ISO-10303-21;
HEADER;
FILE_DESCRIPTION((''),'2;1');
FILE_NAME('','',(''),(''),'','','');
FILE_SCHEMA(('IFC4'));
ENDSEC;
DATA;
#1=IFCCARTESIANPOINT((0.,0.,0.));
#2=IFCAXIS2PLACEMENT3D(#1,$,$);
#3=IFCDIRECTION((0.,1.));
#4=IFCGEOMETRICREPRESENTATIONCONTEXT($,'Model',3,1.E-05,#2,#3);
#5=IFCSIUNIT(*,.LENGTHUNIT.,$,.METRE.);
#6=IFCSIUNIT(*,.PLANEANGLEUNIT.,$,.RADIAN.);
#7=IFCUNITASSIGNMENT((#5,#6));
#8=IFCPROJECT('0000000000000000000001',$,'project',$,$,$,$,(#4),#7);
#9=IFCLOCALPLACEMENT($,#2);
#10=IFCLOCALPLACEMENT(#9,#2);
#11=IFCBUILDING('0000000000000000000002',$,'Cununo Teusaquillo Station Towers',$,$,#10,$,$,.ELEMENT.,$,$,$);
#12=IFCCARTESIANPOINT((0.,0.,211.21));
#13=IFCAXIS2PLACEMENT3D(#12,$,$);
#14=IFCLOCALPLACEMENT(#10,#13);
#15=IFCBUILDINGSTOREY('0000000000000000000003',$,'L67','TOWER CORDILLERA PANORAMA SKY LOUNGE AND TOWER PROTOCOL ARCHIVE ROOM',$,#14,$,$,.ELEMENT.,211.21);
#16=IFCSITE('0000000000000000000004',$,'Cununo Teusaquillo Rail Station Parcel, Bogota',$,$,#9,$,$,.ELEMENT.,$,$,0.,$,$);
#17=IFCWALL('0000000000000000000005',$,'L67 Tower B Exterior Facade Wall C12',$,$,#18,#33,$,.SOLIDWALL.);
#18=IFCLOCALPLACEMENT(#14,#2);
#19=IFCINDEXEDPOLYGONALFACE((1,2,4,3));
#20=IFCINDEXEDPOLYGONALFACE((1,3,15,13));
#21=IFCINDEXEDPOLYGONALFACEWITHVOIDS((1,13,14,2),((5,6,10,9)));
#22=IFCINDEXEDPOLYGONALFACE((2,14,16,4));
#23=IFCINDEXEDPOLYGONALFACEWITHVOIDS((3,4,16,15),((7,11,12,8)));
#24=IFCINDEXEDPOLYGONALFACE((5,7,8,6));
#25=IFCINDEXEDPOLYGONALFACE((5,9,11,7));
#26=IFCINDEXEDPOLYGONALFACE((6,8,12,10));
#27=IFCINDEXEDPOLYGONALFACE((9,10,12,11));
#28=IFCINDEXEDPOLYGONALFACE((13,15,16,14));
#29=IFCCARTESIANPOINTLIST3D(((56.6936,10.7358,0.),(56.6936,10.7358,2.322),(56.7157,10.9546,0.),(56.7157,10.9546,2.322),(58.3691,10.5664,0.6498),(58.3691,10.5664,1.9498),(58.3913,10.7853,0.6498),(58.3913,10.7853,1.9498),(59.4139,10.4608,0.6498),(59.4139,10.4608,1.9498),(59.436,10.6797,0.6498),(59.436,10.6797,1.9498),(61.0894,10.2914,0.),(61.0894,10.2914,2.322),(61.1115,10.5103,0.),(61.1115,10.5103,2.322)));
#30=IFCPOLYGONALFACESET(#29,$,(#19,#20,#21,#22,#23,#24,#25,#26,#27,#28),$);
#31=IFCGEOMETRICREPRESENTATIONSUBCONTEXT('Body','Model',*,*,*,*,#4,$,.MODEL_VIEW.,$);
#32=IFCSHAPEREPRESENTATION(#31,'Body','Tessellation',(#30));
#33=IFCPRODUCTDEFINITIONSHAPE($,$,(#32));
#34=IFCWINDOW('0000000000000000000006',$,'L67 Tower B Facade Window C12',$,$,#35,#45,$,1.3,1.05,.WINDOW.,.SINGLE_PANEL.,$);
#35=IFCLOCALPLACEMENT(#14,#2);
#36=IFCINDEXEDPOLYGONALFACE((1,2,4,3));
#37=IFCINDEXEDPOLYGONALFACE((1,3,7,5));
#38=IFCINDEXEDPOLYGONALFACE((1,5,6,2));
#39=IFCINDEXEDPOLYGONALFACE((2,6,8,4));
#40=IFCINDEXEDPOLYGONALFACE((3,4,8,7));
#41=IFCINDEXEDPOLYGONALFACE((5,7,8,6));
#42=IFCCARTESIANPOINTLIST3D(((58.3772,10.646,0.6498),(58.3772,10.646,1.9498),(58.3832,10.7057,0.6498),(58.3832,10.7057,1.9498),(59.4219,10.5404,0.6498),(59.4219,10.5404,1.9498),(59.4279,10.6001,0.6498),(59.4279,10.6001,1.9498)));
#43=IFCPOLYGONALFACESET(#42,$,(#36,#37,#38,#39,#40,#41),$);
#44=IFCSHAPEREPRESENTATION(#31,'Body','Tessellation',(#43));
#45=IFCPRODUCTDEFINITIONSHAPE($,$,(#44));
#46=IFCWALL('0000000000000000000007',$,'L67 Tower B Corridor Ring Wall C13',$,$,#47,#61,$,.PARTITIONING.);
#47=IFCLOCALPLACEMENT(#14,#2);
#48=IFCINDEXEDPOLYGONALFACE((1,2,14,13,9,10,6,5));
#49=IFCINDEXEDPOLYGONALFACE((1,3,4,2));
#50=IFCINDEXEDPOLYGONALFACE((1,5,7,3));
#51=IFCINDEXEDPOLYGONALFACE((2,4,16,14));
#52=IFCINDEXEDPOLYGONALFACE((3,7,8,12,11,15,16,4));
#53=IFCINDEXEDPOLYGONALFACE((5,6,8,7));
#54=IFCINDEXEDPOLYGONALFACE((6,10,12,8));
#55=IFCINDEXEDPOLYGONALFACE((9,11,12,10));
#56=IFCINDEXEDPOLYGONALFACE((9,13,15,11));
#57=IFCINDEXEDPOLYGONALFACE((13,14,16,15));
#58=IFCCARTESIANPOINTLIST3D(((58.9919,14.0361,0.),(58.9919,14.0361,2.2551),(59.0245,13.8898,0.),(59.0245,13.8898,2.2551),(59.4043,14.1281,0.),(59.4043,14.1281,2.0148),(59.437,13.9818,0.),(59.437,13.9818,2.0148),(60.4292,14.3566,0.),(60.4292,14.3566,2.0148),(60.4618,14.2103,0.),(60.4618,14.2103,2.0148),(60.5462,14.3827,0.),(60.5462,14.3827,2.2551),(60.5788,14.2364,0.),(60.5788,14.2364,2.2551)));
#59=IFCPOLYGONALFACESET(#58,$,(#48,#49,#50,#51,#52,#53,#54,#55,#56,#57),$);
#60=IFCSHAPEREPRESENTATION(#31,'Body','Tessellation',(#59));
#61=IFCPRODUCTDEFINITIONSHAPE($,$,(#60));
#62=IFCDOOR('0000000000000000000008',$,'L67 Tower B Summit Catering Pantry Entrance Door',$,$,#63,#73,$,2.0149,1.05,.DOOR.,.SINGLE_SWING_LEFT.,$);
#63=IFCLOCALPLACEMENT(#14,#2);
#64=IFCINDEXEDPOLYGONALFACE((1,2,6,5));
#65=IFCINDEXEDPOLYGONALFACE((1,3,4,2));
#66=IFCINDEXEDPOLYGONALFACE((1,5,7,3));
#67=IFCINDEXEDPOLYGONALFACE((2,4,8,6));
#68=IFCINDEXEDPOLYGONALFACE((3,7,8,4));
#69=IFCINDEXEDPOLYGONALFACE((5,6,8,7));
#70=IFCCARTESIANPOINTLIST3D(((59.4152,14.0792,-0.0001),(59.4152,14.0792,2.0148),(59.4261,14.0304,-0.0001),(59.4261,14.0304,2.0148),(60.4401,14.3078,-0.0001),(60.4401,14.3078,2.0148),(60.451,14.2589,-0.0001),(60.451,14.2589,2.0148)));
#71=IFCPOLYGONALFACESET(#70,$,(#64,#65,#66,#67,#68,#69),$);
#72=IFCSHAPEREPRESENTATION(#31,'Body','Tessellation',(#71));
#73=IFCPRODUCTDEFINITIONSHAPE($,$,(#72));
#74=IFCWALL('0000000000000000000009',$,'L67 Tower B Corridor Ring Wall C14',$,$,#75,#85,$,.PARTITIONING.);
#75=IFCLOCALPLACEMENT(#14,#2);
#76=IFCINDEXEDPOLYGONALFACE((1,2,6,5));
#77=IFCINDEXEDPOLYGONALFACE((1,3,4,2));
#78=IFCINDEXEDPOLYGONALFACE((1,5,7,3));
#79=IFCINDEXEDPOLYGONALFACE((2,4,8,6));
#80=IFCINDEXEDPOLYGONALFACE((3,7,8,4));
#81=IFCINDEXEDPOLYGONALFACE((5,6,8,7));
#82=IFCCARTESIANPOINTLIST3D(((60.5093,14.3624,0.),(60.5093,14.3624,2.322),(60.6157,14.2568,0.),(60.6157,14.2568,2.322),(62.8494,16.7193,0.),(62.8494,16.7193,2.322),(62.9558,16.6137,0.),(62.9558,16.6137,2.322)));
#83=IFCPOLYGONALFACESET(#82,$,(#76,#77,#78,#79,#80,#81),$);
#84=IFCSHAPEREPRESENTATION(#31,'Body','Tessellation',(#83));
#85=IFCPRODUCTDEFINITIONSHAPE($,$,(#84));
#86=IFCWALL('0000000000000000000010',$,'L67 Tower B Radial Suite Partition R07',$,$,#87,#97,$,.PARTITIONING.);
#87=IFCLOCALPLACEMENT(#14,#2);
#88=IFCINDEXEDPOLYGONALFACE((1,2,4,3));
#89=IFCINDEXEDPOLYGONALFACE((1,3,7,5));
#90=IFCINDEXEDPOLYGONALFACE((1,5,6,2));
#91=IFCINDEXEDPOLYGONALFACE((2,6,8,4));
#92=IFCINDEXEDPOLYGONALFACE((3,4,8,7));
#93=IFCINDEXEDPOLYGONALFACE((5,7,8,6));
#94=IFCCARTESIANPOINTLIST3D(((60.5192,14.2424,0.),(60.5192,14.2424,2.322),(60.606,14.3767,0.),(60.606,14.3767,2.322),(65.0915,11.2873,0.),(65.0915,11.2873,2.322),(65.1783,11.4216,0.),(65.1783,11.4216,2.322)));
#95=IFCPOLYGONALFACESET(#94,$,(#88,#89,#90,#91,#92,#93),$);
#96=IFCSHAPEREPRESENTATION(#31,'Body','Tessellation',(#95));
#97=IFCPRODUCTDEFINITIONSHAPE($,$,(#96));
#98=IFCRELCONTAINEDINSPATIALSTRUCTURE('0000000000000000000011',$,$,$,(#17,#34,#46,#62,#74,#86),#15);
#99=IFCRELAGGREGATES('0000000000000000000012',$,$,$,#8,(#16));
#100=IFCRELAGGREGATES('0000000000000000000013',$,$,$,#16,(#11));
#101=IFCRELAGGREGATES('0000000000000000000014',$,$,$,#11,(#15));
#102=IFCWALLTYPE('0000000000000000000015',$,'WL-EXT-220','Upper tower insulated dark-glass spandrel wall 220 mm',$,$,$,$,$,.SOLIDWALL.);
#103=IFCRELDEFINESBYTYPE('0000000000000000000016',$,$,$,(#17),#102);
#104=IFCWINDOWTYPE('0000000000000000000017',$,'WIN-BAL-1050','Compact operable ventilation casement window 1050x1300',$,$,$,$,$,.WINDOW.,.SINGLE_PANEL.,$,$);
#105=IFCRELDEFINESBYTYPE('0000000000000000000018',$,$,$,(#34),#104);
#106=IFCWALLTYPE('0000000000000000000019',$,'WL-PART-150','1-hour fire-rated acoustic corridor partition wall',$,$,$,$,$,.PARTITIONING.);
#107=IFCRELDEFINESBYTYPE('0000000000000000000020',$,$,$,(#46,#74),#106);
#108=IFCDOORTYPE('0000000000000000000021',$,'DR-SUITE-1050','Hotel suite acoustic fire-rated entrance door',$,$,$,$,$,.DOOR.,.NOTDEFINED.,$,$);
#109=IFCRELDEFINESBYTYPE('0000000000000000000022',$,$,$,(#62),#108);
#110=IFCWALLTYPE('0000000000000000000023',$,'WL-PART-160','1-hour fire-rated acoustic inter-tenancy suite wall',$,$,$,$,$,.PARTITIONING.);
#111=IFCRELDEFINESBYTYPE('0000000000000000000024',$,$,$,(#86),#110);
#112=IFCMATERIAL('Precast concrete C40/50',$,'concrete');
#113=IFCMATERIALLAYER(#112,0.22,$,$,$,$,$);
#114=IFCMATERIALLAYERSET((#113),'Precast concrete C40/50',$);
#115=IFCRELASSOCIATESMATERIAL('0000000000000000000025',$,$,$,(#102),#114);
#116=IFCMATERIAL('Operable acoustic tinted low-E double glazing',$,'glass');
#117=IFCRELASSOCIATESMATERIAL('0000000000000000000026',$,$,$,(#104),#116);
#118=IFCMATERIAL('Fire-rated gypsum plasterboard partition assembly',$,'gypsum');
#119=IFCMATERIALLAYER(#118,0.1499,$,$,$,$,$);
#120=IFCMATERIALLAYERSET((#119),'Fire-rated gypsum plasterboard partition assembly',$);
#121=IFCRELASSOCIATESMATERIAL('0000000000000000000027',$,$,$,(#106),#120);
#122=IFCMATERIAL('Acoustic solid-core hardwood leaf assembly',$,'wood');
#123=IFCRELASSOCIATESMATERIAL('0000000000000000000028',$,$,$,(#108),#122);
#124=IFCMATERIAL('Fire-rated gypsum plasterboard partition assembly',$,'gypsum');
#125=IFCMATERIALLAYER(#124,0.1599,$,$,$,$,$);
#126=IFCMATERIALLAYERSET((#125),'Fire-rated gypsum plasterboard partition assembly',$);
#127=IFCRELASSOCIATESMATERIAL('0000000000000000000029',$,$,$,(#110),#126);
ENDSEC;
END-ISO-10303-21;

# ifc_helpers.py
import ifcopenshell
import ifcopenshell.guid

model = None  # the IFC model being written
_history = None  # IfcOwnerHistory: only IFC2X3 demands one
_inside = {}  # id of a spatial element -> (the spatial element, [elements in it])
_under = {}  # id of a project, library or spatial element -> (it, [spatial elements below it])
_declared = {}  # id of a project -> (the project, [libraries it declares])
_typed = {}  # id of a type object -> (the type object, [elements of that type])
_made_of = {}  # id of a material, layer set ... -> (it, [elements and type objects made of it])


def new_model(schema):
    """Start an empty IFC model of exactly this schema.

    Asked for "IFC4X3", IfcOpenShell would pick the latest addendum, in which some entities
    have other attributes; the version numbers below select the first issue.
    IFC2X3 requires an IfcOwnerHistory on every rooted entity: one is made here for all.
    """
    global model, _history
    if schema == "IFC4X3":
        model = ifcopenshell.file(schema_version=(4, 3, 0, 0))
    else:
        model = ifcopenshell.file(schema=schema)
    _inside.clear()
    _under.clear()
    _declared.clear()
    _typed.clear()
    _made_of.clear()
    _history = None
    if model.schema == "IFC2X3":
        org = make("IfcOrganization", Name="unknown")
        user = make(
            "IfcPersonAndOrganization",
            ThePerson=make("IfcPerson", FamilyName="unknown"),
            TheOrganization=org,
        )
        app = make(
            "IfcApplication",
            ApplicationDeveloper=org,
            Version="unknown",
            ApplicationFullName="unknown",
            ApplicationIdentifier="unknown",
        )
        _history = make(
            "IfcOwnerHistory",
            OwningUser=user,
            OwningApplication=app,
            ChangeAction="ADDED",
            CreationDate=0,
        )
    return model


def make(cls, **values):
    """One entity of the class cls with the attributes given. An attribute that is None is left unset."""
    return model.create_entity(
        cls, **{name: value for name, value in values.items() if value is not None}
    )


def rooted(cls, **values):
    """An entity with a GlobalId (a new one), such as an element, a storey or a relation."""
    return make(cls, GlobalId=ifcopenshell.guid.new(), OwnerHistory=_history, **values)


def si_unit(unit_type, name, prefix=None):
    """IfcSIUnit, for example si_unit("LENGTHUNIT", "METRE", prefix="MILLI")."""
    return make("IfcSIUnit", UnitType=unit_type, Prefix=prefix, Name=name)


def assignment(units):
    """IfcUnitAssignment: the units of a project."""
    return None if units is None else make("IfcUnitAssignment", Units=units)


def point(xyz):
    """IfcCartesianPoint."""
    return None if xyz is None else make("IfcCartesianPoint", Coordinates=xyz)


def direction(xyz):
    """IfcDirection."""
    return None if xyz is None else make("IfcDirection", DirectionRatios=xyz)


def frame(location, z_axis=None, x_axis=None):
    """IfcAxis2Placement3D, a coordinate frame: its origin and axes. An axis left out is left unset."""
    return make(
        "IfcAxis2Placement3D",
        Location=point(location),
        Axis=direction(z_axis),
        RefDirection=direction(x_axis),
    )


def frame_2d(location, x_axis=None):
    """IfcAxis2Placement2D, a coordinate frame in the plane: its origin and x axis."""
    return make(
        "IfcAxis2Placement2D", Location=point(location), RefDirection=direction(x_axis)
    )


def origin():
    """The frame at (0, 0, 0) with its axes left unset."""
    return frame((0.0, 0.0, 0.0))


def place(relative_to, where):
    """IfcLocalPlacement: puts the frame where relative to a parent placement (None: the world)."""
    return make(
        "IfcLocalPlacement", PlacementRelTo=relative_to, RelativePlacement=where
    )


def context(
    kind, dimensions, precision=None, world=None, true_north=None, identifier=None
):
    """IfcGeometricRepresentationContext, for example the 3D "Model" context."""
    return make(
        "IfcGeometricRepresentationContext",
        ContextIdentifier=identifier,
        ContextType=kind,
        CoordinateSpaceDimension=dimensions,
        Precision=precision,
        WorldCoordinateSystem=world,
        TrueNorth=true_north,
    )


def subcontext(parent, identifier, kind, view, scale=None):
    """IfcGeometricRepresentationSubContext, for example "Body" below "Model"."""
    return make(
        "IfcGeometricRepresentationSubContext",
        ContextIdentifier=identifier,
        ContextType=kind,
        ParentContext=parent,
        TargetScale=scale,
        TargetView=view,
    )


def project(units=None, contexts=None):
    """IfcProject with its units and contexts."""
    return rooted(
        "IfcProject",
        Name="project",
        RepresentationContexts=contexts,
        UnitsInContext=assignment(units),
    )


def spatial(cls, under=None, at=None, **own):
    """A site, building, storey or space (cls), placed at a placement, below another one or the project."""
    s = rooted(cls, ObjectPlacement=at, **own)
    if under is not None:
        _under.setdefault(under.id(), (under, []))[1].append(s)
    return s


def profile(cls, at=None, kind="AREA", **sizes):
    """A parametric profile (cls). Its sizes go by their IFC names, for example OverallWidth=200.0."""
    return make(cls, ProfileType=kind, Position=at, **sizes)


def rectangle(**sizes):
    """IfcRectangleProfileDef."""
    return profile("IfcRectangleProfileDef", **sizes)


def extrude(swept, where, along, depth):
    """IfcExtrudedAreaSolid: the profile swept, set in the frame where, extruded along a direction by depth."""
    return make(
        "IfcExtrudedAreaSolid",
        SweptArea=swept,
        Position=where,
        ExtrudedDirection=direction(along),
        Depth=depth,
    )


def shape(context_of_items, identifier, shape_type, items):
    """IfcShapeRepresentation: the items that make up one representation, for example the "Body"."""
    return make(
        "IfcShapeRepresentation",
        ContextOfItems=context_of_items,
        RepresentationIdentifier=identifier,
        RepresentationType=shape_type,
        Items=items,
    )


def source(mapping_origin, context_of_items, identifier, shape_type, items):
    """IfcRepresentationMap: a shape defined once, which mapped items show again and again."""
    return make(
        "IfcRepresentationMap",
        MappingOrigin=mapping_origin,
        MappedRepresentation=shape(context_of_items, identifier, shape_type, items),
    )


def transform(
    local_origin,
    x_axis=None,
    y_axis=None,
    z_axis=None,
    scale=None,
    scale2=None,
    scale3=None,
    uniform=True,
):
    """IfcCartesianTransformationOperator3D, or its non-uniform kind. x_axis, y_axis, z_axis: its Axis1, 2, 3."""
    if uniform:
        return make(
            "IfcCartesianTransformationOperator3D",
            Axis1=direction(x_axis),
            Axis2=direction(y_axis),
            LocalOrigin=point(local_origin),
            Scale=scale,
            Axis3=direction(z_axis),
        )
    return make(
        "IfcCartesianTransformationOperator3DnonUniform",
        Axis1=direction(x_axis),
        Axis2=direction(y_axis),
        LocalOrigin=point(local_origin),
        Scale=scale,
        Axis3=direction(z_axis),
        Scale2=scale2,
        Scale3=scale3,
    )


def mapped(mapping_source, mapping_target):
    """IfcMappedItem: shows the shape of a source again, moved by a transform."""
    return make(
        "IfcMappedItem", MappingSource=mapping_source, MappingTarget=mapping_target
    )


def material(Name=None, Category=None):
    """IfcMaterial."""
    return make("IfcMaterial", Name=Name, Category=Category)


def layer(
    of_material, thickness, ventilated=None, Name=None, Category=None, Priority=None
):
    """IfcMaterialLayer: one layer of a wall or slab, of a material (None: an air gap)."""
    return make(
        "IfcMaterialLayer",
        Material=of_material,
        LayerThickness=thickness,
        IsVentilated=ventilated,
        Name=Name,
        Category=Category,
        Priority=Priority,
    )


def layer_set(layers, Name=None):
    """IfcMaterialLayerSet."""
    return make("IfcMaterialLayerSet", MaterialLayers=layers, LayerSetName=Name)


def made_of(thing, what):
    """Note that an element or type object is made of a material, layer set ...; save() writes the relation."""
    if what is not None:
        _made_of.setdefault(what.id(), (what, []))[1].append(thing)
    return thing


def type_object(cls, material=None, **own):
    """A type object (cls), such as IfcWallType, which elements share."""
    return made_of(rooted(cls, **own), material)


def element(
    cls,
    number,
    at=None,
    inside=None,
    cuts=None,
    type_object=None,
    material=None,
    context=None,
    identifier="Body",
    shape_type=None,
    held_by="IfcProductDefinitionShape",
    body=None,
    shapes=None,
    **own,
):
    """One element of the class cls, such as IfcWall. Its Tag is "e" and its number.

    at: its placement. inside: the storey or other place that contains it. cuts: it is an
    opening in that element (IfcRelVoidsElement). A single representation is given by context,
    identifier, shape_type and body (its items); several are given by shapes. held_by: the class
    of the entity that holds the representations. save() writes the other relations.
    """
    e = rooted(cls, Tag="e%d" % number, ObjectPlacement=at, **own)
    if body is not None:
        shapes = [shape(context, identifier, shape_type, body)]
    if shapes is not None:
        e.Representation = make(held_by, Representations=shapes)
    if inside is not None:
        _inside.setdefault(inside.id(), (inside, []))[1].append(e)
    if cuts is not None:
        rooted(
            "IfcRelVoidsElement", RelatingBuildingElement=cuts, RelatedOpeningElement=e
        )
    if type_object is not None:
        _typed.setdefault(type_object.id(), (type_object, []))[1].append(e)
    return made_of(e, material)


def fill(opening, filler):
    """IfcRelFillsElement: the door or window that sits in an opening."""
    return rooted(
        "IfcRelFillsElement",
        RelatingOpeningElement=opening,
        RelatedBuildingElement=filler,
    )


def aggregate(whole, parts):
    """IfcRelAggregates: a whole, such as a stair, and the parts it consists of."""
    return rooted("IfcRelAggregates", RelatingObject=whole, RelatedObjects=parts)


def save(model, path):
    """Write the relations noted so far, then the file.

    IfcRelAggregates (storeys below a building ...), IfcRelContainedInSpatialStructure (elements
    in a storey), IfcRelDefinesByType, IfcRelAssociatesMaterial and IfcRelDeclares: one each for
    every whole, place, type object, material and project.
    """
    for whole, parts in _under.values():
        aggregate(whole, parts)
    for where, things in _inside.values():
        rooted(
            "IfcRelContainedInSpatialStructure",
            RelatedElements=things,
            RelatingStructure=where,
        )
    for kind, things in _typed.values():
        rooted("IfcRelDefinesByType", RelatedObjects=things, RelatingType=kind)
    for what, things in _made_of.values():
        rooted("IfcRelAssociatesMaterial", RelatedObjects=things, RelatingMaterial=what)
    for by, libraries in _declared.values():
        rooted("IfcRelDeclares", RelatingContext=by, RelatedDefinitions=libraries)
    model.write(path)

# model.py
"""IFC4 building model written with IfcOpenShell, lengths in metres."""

from ifc_helpers import new_model, si_unit, direction, frame, frame_2d, origin, place, context, subcontext, project, spatial, rectangle, extrude, source, transform, mapped, material, layer, layer_set, type_object, element, fill, save


model = new_model("IFC4")

# Units and contexts
model_context = context("Model", 3, precision=1e-05, world=origin(), true_north=direction((0.0, 1.0)))
body_context = subcontext(model_context, "Body", "Model", "MODEL_VIEW")
ifc_project = project(units=[si_unit("LENGTHUNIT", "METRE"), si_unit("PLANEANGLEUNIT", "RADIAN")], contexts=[model_context])

# Site, building, storey
site_placement = place(None, origin())
site = spatial("IfcSite", under=ifc_project, at=site_placement, Name="Cununo Teusaquillo Rail Station Parcel, Bogota", CompositionType="ELEMENT", RefElevation=0.0)
building_placement = place(site_placement, origin())
building = spatial("IfcBuilding", under=site, at=building_placement, Name="Cununo Teusaquillo Station Towers", CompositionType="ELEMENT")
storey_placement = place(building_placement, frame((0.0, 0.0, 211.21)))
storey = spatial("IfcBuildingStorey", under=building, at=storey_placement, Name="L67", Description="TOWER CORDILLERA PANORAMA SKY LOUNGE AND TOWER PROTOCOL ARCHIVE ROOM", CompositionType="ELEMENT", Elevation=211.21)

# Wall, opening, window
ifc_material_1 = material(Name="Precast concrete C40/50", Category="concrete")
ifc_layer_1 = layer(ifc_material_1, 0.22)
ifc_layer_set_1 = layer_set([ifc_layer_1], Name="Precast concrete C40/50")
wall_type_1 = type_object("IfcWallType", Name="WL-EXT-220", Description="Upper tower insulated dark-glass spandrel wall 220 mm", PredefinedType="SOLIDWALL", material=ifc_layer_set_1)
wall_1_placement = place(storey_placement, frame((61.1003, 10.4009, 0.0), z_axis=(0.0, 0.0, 1.0), x_axis=(-0.99493, 0.100571, 0.0)))
wall_1 = element("IfcWall", 1, at=wall_1_placement, inside=storey, type_object=wall_type_1, Name="L67 Tower B Exterior Facade Wall C12", PredefinedType="SOLIDWALL", context=body_context, shape_type="SweptSolid", body=[
    extrude(rectangle(XDim=4.4182, YDim=0.22, at=frame_2d((2.209, 0.0))), origin(), (0.0, 0.0, 1.0), 2.322),
])
shared_shape_1 = source(origin(), body_context, "Body", "SweptSolid", [
    extrude(rectangle(XDim=1.05, YDim=1.3, at=frame_2d((0.5249, 0.6499))), frame((0.0, 0.1199, 0.0), z_axis=(0.0, -1.0, 0.0), x_axis=(1.0, 0.0, 0.0)), (0.0, 0.0, 1.0), 0.24),
])
opening_1_placement = place(wall_1_placement, frame((1.6841, 0.0, 0.6499)))
opening_1 = element("IfcOpeningElement", 2, at=opening_1_placement, cuts=wall_1, PredefinedType="OPENING", context=body_context, shape_type="MappedRepresentation", body=[
    mapped(shared_shape_1, transform((0.0, 0.0, 0.0), x_axis=(1.0, 0.0, 0.0), y_axis=(0.0, 1.0, 0.0), z_axis=(0.0, 0.0, 1.0), scale=1.0)),
])
ifc_material_2 = material(Name="Operable acoustic tinted low-E double glazing", Category="glass")
window_type = type_object("IfcWindowType", Name="WIN-BAL-1050", Description="Compact operable ventilation casement window 1050x1300", PartitioningType="SINGLE_PANEL", PredefinedType="WINDOW", material=ifc_material_2)
shared_shape_2 = source(origin(), body_context, "Body", "SweptSolid", [
    extrude(rectangle(XDim=1.05, YDim=1.3, at=frame_2d((0.5249, 0.6499))), frame((0.0, 0.03, 0.0), z_axis=(0.0, -1.0, 0.0), x_axis=(1.0, 0.0, 0.0)), (0.0, 0.0, 1.0), 0.0601),
])
window_placement = place(opening_1_placement, origin())
window = element("IfcWindow", 3, at=window_placement, inside=storey, type_object=window_type, Name="L67 Tower B Facade Window C12", OverallHeight=1.3, OverallWidth=1.05, PartitioningType="SINGLE_PANEL", PredefinedType="WINDOW", context=body_context, shape_type="MappedRepresentation", body=[
    mapped(shared_shape_2, transform((0.0, 0.0, 0.0), x_axis=(1.0, 0.0, 0.0), y_axis=(0.0, 1.0, 0.0), z_axis=(0.0, 0.0, 1.0), scale=1.0)),
])
fill(opening_1, window)

# Wall, opening, door
ifc_material_3 = material(Name="Fire-rated gypsum plasterboard partition assembly", Category="gypsum")
ifc_layer_2 = layer(ifc_material_3, 0.1499)
ifc_layer_set_2 = layer_set([ifc_layer_2], Name="Fire-rated gypsum plasterboard partition assembly")
wall_type_2 = type_object("IfcWallType", Name="WL-PART-150", Description="1-hour fire-rated acoustic corridor partition wall", PredefinedType="PARTITIONING", material=ifc_layer_set_2)
wall_2_placement = place(storey_placement, frame((59.0081, 13.9629, 0.0), z_axis=(0.0, 0.0, 1.0), x_axis=(0.976021, 0.217677, 0.0)))
wall_2 = element("IfcWall", 4, at=wall_2_placement, inside=storey, type_object=wall_type_2, Name="L67 Tower B Corridor Ring Wall C13", PredefinedType="PARTITIONING", context=body_context, shape_type="SweptSolid", body=[
    extrude(rectangle(XDim=1.5925, YDim=0.1499, at=frame_2d((0.7964, 0.0))), origin(), (0.0, 0.0, 1.0), 2.2551),
])
shared_shape_3 = source(origin(), body_context, "Body", "SweptSolid", [
    extrude(rectangle(XDim=1.05, YDim=2.0149, at=frame_2d((0.5249, 1.0073))), frame((0.0, 0.085, 0.0), z_axis=(0.0, -1.0, 0.0), x_axis=(1.0, 0.0, 0.0)), (0.0, 0.0, 1.0), 0.1699),
])
opening_2_placement = place(wall_2_placement, frame((0.4229, 0.0, 0.0)))
opening_2 = element("IfcOpeningElement", 5, at=opening_2_placement, cuts=wall_2, PredefinedType="OPENING", context=body_context, shape_type="MappedRepresentation", body=[
    mapped(shared_shape_3, transform((0.0, 0.0, 0.0), x_axis=(1.0, 0.0, 0.0), y_axis=(0.0, 1.0, 0.0), z_axis=(0.0, 0.0, 1.0), scale=1.0)),
])
ifc_material_4 = material(Name="Acoustic solid-core hardwood leaf assembly", Category="wood")
door_type_1 = type_object("IfcDoorType", Name="DR-SUITE-1050", Description="Hotel suite acoustic fire-rated entrance door", OperationType="NOTDEFINED", PredefinedType="DOOR", material=ifc_material_4)
shared_shape_4 = source(origin(), body_context, "Body", "SweptSolid", [
    extrude(rectangle(XDim=1.05, YDim=2.0149, at=frame_2d((0.5249, 1.0073))), frame((0.0, 0.0249, 0.0), z_axis=(0.0, -1.0, 0.0), x_axis=(1.0, 0.0, 0.0)), (0.0, 0.0, 1.0), 0.05),
])
door_1_placement = place(opening_2_placement, origin())
door_1 = element("IfcDoor", 6, at=door_1_placement, inside=storey, type_object=door_type_1, Name="L67 Tower B Summit Catering Pantry Entrance Door", OperationType="SINGLE_SWING_LEFT", OverallHeight=2.0149, OverallWidth=1.05, PredefinedType="DOOR", context=body_context, shape_type="MappedRepresentation", body=[
    mapped(shared_shape_4, transform((0.0, 0.0, 0.0), x_axis=(1.0, 0.0, 0.0), y_axis=(0.0, 1.0, 0.0), z_axis=(0.0, 0.0, 1.0), scale=1.0)),
])
fill(opening_2, door_1)

# Walls
wall_3_placement = place(storey_placement, frame((60.5625, 14.3096, 0.0), z_axis=(0.0, 0.0, 1.0), x_axis=(0.704566, 0.709638, 0.0)))
element("IfcWall", 7, at=wall_3_placement, inside=storey, type_object=wall_type_2, Name="L67 Tower B Corridor Ring Wall C14", PredefinedType="PARTITIONING", context=body_context, shape_type="SweptSolid", body=[
    extrude(rectangle(XDim=3.3213, YDim=0.1499, at=frame_2d((1.6606, 0.0))), origin(), (0.0, 0.0, 1.0), 2.322),
])
ifc_material_5 = material(Name="Fire-rated gypsum plasterboard partition assembly", Category="gypsum")
ifc_layer_3 = layer(ifc_material_5, 0.1599)
ifc_layer_set_3 = layer_set([ifc_layer_3], Name="Fire-rated gypsum plasterboard partition assembly")
wall_type_3 = type_object("IfcWallType", Name="WL-PART-160", Description="1-hour fire-rated acoustic inter-tenancy suite wall", PredefinedType="PARTITIONING", material=ifc_layer_set_3)
wall_4_placement = place(storey_placement, frame((60.5625, 14.3096, 0.0), z_axis=(0.0, 0.0, 1.0), x_axis=(0.839859, -0.542805, 0.0)))
element("IfcWall", 8, at=wall_4_placement, inside=storey, type_object=wall_type_3, Name="L67 Tower B Radial Suite Partition R07", PredefinedType="PARTITIONING", context=body_context, shape_type="SweptSolid", body=[
    extrude(rectangle(XDim=5.4441, YDim=0.1599, at=frame_2d((2.7222, 0.0))), origin(), (0.0, 0.0, 1.0), 2.322),
])

save(model, "model.ifc")
